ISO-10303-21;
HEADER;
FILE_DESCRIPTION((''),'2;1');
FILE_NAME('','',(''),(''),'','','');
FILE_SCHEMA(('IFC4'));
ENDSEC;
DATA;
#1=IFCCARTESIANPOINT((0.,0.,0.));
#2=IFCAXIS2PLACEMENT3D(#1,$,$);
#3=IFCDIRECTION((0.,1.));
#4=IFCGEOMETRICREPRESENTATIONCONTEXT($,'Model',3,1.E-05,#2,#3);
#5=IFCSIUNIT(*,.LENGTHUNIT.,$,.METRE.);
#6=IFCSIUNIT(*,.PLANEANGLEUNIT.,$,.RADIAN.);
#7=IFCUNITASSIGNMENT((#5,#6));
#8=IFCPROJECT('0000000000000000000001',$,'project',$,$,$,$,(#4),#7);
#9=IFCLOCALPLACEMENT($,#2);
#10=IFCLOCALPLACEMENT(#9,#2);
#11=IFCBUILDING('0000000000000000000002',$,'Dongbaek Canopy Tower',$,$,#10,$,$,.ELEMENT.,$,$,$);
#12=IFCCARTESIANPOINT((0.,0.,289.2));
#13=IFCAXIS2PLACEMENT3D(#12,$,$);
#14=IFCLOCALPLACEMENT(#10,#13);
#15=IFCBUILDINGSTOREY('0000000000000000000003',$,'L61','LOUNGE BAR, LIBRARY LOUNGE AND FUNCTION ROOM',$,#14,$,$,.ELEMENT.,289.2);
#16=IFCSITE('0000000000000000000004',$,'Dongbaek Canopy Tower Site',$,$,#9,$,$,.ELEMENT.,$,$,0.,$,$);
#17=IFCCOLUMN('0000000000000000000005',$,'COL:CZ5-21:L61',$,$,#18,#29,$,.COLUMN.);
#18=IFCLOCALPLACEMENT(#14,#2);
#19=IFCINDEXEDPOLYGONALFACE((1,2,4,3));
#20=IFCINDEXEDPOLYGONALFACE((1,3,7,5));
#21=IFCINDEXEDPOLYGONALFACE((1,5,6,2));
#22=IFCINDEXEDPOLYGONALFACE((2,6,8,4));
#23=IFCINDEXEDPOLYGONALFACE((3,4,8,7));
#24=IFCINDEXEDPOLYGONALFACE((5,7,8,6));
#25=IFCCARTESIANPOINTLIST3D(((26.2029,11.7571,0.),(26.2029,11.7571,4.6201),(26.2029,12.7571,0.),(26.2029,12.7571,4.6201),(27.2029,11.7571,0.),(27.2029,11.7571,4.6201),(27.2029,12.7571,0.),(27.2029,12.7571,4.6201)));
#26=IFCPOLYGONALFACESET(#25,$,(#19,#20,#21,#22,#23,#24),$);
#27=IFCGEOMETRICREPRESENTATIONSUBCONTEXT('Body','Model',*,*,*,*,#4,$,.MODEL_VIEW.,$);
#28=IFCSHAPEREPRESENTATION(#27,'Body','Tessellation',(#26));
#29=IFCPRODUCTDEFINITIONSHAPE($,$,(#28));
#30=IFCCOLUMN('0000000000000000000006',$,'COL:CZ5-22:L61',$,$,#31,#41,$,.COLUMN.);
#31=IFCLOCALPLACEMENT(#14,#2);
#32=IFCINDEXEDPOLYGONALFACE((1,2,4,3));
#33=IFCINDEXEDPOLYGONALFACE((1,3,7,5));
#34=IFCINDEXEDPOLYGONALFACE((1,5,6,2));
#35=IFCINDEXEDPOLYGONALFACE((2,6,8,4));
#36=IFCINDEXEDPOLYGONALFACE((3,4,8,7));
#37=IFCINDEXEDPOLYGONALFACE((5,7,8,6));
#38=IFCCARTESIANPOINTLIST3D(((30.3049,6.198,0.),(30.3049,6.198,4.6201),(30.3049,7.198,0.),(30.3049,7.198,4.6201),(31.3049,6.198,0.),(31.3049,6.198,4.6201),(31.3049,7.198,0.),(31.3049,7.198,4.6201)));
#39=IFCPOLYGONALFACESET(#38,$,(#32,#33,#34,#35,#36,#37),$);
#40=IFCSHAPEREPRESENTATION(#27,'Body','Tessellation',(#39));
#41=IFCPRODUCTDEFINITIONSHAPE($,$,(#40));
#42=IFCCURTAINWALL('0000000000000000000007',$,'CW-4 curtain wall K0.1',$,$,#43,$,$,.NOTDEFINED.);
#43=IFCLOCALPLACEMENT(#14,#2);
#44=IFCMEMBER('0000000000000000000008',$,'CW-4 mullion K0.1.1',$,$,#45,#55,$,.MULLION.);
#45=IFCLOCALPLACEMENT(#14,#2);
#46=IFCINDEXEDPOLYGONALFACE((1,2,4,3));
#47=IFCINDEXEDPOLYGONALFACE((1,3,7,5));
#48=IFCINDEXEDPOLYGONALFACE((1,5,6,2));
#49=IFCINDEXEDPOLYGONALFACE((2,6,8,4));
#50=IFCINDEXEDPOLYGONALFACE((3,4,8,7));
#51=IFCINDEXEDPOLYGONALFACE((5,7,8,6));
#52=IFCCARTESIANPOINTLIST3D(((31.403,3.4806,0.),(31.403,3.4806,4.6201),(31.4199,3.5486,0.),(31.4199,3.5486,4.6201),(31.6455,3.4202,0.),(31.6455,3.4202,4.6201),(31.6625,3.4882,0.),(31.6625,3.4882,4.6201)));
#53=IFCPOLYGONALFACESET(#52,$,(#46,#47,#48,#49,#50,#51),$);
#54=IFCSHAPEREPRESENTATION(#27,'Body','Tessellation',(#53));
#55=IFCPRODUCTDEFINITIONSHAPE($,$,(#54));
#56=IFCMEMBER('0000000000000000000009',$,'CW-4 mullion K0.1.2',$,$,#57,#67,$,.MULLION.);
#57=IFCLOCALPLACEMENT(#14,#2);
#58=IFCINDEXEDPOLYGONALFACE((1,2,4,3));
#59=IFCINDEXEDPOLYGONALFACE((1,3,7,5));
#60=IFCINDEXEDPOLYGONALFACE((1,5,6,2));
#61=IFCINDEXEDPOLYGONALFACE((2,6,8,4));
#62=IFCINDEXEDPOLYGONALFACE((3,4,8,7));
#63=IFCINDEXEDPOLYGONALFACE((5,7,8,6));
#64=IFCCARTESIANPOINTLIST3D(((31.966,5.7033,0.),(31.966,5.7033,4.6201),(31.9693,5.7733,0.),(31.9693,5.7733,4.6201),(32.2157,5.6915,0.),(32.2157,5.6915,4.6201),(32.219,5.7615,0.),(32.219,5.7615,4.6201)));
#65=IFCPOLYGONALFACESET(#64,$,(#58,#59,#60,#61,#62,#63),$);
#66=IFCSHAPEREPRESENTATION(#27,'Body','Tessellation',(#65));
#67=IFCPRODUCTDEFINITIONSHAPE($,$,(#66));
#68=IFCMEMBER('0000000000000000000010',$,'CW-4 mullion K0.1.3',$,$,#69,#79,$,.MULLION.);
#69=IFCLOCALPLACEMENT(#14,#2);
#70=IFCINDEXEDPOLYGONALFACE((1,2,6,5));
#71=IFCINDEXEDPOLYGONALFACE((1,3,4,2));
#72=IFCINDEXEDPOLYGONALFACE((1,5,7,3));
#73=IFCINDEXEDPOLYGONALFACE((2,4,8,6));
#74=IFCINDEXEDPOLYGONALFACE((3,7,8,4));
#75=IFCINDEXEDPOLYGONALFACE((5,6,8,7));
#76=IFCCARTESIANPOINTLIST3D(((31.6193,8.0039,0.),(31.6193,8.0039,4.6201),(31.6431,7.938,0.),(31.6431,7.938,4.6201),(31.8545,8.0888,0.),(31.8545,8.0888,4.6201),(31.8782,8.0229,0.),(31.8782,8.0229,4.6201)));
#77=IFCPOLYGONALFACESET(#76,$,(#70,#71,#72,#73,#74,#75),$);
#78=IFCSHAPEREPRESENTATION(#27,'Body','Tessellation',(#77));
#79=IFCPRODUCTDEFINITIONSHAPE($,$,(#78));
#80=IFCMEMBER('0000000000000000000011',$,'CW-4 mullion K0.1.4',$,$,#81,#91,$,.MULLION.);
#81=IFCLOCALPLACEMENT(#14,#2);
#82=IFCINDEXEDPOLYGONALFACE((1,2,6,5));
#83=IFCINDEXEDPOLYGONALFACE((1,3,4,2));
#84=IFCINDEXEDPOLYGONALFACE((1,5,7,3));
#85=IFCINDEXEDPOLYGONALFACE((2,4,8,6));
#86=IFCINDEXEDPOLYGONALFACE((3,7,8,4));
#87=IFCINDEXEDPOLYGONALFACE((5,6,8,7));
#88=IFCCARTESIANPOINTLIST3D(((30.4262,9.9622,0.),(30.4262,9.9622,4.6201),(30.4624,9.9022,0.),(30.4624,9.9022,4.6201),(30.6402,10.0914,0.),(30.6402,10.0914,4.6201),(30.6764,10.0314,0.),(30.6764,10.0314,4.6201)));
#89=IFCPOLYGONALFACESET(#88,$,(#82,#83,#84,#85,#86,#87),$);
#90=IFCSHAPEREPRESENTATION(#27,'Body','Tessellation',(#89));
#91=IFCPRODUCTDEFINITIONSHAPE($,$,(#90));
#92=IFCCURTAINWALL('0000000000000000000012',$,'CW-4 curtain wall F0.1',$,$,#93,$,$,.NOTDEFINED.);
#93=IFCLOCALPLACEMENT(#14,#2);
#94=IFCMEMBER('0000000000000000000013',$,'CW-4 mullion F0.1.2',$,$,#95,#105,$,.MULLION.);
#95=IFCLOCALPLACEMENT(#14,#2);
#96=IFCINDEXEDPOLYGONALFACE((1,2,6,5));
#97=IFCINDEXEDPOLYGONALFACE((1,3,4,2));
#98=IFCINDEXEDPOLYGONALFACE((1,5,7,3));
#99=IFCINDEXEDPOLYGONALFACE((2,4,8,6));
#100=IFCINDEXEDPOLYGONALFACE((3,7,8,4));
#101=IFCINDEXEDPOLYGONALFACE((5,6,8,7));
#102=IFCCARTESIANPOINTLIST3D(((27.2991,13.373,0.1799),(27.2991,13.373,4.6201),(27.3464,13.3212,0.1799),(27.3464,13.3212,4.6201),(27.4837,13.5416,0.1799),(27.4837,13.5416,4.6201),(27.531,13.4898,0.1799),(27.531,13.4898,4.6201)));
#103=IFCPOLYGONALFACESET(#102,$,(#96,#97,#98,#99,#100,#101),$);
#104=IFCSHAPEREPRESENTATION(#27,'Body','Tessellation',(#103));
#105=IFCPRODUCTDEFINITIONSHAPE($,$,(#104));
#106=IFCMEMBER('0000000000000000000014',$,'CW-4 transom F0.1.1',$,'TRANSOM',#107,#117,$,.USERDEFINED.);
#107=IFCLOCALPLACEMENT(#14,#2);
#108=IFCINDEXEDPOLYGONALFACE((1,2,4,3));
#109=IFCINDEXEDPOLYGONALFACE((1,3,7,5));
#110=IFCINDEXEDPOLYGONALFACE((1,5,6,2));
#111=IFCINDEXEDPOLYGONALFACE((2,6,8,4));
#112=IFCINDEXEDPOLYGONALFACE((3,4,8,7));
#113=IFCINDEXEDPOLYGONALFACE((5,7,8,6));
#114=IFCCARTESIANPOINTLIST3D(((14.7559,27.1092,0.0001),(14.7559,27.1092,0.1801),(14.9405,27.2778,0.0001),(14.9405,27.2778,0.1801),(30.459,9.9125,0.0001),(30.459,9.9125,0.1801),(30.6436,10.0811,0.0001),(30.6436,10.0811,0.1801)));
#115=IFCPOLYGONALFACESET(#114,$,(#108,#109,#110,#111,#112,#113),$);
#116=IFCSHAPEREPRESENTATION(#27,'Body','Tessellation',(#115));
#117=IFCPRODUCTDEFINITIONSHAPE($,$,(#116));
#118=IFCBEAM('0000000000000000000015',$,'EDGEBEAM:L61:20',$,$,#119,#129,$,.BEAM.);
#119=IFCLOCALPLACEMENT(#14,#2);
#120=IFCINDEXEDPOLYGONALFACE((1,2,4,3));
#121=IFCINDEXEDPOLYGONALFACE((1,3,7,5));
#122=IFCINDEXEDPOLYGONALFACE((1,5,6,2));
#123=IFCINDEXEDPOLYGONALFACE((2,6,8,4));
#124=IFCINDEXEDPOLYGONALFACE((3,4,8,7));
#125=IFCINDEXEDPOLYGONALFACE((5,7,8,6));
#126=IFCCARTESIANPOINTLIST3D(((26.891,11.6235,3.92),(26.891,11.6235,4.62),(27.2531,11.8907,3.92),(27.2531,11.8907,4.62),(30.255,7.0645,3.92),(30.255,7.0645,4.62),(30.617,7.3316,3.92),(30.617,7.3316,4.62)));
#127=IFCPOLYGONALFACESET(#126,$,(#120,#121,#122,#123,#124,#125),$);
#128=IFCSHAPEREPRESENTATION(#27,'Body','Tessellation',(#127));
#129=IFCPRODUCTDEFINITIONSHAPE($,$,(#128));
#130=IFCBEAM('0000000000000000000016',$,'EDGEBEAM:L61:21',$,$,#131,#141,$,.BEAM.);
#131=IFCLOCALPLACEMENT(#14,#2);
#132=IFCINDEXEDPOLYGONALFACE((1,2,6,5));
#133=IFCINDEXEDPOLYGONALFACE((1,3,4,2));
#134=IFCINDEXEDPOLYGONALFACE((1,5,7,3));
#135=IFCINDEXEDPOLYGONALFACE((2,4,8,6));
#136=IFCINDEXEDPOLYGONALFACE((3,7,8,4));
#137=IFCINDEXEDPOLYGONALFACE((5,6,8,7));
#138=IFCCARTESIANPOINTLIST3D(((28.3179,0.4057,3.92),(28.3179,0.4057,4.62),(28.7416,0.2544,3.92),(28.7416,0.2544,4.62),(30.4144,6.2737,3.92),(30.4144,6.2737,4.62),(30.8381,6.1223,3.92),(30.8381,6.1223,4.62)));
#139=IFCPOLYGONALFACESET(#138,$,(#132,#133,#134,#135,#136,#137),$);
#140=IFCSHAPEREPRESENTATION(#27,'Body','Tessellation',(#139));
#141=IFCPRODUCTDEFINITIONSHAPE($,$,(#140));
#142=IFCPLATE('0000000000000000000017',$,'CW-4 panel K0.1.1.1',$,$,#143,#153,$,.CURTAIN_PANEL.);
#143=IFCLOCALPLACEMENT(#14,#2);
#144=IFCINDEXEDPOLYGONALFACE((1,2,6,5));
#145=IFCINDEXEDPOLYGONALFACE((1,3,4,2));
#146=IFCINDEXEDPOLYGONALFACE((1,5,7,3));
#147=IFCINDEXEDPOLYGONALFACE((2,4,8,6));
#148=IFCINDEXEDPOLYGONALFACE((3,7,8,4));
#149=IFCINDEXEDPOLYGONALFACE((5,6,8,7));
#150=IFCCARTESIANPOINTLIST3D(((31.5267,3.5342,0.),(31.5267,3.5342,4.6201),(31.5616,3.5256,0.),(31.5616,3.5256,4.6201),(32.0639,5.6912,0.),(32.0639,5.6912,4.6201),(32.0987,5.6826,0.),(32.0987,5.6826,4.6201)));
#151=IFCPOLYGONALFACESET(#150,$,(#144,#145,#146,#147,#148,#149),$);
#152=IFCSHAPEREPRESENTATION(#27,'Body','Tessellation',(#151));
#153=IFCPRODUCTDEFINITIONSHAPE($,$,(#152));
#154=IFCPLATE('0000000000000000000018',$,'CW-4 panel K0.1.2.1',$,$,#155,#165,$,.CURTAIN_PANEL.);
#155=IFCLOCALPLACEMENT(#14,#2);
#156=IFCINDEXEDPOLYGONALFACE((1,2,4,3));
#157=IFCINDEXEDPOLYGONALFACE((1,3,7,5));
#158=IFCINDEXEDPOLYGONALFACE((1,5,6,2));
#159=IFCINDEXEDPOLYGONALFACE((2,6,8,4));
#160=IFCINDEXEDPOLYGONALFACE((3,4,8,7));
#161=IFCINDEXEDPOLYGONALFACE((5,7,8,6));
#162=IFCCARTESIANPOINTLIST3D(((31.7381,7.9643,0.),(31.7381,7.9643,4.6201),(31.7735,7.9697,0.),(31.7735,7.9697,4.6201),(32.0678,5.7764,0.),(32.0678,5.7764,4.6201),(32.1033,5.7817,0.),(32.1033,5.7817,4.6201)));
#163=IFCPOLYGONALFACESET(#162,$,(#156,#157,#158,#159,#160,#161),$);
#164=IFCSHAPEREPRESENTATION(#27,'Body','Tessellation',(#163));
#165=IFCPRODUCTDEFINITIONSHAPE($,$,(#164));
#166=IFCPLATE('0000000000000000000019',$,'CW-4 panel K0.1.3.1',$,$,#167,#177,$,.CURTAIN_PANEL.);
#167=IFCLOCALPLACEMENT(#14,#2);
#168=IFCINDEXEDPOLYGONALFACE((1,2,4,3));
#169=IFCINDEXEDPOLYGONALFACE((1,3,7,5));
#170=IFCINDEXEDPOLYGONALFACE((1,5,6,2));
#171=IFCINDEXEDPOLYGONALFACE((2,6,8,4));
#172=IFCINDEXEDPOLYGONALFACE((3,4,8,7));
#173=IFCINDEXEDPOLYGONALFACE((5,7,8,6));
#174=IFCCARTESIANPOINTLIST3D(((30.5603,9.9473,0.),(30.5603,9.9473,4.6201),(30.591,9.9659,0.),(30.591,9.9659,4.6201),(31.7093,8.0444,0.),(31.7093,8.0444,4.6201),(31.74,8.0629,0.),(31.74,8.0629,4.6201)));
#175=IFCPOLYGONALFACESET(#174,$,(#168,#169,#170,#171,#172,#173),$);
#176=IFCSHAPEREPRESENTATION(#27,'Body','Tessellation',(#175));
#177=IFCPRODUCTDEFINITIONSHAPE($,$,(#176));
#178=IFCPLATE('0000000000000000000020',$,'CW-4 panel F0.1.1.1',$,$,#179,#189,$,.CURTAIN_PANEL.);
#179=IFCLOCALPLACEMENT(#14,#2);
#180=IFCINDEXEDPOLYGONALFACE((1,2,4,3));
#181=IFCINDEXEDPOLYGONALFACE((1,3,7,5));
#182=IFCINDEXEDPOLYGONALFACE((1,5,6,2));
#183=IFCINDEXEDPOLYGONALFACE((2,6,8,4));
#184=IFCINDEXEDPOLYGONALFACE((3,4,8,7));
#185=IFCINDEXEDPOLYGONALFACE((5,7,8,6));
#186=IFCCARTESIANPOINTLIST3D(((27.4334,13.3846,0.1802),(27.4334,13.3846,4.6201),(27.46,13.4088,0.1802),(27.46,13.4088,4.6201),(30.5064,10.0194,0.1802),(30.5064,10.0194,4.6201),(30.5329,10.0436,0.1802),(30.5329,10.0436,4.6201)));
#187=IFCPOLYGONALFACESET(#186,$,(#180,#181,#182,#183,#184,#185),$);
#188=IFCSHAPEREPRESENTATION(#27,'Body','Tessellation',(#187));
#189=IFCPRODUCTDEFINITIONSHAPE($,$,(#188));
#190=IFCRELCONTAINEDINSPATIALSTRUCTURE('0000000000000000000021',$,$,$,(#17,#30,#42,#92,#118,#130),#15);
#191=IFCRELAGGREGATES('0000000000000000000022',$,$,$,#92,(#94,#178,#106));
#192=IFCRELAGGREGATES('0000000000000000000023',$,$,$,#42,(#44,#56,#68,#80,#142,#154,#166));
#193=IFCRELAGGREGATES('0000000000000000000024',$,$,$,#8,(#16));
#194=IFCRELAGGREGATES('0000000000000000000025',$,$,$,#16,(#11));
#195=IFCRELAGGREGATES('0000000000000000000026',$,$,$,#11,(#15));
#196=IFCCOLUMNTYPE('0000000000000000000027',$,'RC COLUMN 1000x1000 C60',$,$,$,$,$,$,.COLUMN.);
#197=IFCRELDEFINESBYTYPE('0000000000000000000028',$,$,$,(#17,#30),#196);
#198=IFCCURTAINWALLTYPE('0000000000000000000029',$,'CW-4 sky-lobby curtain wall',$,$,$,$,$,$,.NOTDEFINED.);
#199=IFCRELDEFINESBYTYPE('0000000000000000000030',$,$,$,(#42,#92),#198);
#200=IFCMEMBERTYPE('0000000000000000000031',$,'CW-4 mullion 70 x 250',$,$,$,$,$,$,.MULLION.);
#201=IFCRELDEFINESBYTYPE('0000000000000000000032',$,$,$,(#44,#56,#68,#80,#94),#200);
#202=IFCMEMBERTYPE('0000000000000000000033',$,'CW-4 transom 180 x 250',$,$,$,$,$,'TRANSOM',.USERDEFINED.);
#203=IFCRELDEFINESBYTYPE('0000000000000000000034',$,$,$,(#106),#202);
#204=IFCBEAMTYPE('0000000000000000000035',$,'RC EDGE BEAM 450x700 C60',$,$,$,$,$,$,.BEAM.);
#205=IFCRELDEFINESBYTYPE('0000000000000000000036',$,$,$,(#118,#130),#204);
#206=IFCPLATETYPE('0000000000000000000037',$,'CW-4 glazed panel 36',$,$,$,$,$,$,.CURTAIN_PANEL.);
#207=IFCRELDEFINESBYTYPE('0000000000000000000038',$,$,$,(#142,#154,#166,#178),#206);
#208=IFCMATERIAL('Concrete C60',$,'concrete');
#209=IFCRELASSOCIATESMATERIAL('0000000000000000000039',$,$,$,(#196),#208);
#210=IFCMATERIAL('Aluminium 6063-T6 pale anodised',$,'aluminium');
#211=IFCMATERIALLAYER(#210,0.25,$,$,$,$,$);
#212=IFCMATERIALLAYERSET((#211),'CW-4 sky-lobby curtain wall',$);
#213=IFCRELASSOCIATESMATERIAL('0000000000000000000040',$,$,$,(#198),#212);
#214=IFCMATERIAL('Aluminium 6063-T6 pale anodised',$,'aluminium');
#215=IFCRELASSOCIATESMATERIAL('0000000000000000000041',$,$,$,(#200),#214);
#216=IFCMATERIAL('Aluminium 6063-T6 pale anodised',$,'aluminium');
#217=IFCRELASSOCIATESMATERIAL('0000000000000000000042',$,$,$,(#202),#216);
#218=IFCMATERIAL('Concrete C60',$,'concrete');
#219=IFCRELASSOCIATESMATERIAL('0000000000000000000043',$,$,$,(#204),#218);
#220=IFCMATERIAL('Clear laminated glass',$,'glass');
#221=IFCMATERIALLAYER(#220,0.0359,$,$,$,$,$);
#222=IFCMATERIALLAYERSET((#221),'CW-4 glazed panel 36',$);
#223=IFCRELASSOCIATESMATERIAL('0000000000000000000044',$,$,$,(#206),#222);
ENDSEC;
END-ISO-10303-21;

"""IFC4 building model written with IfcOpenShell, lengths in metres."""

from ifc_helpers import new_model, si_unit, direction, frame, origin, origin_2d, place, context, subcontext, project, spatial, rectangle, extrude, material, layer, layer_set, material_profile, profile_set, type_object, element, aggregate, save


model = new_model("IFC4")

# Units and contexts
model_context = context("Model", 3, precision=1e-05, world=origin(), true_north=direction((0.0, 1.0)))
body_context = subcontext(model_context, "Body", "Model", "MODEL_VIEW")
ifc_project = project(units=[si_unit("LENGTHUNIT", "METRE"), si_unit("PLANEANGLEUNIT", "RADIAN")], contexts=[model_context])

# Site, building, storey
site_placement = place(None, origin())
site = spatial("IfcSite", under=ifc_project, at=site_placement, Name="Dongbaek Canopy Tower Site", CompositionType="ELEMENT", RefElevation=0.0)
building_placement = place(site_placement, origin())
building = spatial("IfcBuilding", under=site, at=building_placement, Name="Dongbaek Canopy Tower", CompositionType="ELEMENT")
storey_placement = place(building_placement, frame((0.0, 0.0, 289.2)))
storey = spatial("IfcBuildingStorey", under=building, at=storey_placement, Name="L61", Description="LOUNGE BAR, LIBRARY LOUNGE AND FUNCTION ROOM", CompositionType="ELEMENT", Elevation=289.2)

# Columns
ifc_material_1 = material(Name="Concrete C60", Category="concrete")
ifc_material_profile_1 = material_profile(ifc_material_1, rectangle(XDim=1.0, YDim=1.0, at=origin_2d()), Name="RC COLUMN 1000x1000 C60")
ifc_profile_set_1 = profile_set([ifc_material_profile_1], Name="Concrete C60")
column_type = type_object("IfcColumnType", Name="RC COLUMN 1000x1000 C60", PredefinedType="COLUMN", material=ifc_profile_set_1)
for number, where, z_axis, x_axis, name in (
    (1, (26.7029, 12.2571, 0.0), (0.0, 0.0, 1.0), (1.0, 0.0, 0.0), "COL:CZ5-21:L61"),
    (2, (30.8049, 6.698, 0.0), (0.0, 0.0, 1.0), (1.0, 0.0, 0.0), "COL:CZ5-22:L61"),
):
    element("IfcColumn", number, at=place(storey_placement, frame(where, z_axis=z_axis, x_axis=x_axis)), inside=storey, type_object=column_type, Name=name, PredefinedType="COLUMN", context=body_context, shape_type="SweptSolid", body=[
        extrude(rectangle(XDim=1.0, YDim=1.0, at=origin_2d()), origin(), (0.0, 0.0, 1.0), 4.6201),
    ])

# Curtain walls, members
ifc_material_2 = material(Name="Aluminium 6063-T6 pale anodised", Category="aluminium")
ifc_layer_1 = layer(ifc_material_2, 0.25)
ifc_layer_set_1 = layer_set([ifc_layer_1], Name="CW-4 sky-lobby curtain wall")
curtain_wall_type = type_object("IfcCurtainWallType", Name="CW-4 sky-lobby curtain wall", PredefinedType="NOTDEFINED", material=ifc_layer_set_1)
curtain_wall_1_placement = place(storey_placement, origin())
curtain_wall_1 = element("IfcCurtainWall", 3, at=curtain_wall_1_placement, inside=storey, type_object=curtain_wall_type, Name="CW-4 curtain wall K0.1", PredefinedType="NOTDEFINED")
ifc_material_3 = material(Name="Aluminium 6063-T6 pale anodised", Category="aluminium")
ifc_material_profile_2 = material_profile(ifc_material_3, rectangle(XDim=0.25, YDim=0.0701, at=origin_2d()), Name="CW-4 mullion 70 x 250")
ifc_profile_set_2 = profile_set([ifc_material_profile_2], Name="Aluminium 6063-T6 pale anodised")
member_type_1 = type_object("IfcMemberType", Name="CW-4 mullion 70 x 250", PredefinedType="MULLION", material=ifc_profile_set_2)
member_1_placement = place(storey_placement, frame((31.5327, 3.4844, 0.0), z_axis=(0.0, 0.0, 1.0), x_axis=(0.970362, -0.241656, 0.0)))
member_1 = element("IfcMember", 4, at=member_1_placement, type_object=member_type_1, Name="CW-4 mullion K0.1.1", PredefinedType="MULLION", context=body_context, shape_type="SweptSolid", body=[
    extrude(rectangle(XDim=0.25, YDim=0.0701, at=origin_2d()), origin(), (0.0, 0.0, 1.0), 4.6201),
])
member_2_placement = place(storey_placement, frame((32.0925, 5.7324, 0.0), z_axis=(0.0, 0.0, 1.0), x_axis=(0.998884, -0.047235, 0.0)))
member_2 = element("IfcMember", 5, at=member_2_placement, type_object=member_type_1, Name="CW-4 mullion K0.1.2", PredefinedType="MULLION", context=body_context, shape_type="SweptSolid", body=[
    extrude(rectangle(XDim=0.25, YDim=0.0701, at=origin_2d()), origin(), (0.0, 0.0, 1.0), 4.6201),
])
member_3_placement = place(storey_placement, frame((31.7488, 8.0134, 0.0), z_axis=(0.0, 0.0, 1.0), x_axis=(0.940605, 0.339502, 0.0)))
member_3 = element("IfcMember", 6, at=member_3_placement, type_object=member_type_1, Name="CW-4 mullion K0.1.3", PredefinedType="MULLION", context=body_context, shape_type="SweptSolid", body=[
    extrude(rectangle(XDim=0.25, YDim=0.0701, at=origin_2d()), origin(), (0.0, 0.0, 1.0), 4.6201),
])
member_4_placement = place(storey_placement, frame((30.5513, 9.9968, 0.0), z_axis=(0.0, 0.0, 1.0), x_axis=(0.856056, 0.516884, 0.0)))
member_4 = element("IfcMember", 7, at=member_4_placement, type_object=member_type_1, Name="CW-4 mullion K0.1.4", PredefinedType="MULLION", context=body_context, shape_type="SweptSolid", body=[
    extrude(rectangle(XDim=0.25, YDim=0.0701, at=origin_2d()), origin(), (0.0, 0.0, 1.0), 4.6201),
])
curtain_wall_2_placement = place(storey_placement, origin())
curtain_wall_2 = element("IfcCurtainWall", 8, at=curtain_wall_2_placement, inside=storey, type_object=curtain_wall_type, Name="CW-4 curtain wall F0.1", PredefinedType="NOTDEFINED")
member_5_placement = place(storey_placement, frame((27.415, 13.4314, 0.1799), z_axis=(0.0, 0.0, 1.0), x_axis=(0.738451, 0.674308, 0.0)))
member_5 = element("IfcMember", 9, at=member_5_placement, type_object=member_type_1, Name="CW-4 mullion F0.1.2", PredefinedType="MULLION", context=body_context, shape_type="SweptSolid", body=[
    extrude(rectangle(XDim=0.25, YDim=0.0701, at=origin_2d()), origin(), (0.0, 0.0, 1.0), 4.4402),
])
ifc_material_4 = material(Name="Aluminium 6063-T6 pale anodised", Category="aluminium")
ifc_material_profile_3 = material_profile(ifc_material_4, rectangle(XDim=0.25, YDim=0.1799, at=origin_2d()), Name="CW-4 transom 180 x 250")
ifc_profile_set_3 = profile_set([ifc_material_profile_3], Name="Aluminium 6063-T6 pale anodised")
member_type_2 = type_object("IfcMemberType", Name="CW-4 transom 180 x 250", ElementType="TRANSOM", PredefinedType="USERDEFINED", material=ifc_profile_set_3)
member_6_placement = place(storey_placement, frame((30.5513, 9.9968, 0.0901), z_axis=(-0.67431, 0.738449, 0.0), x_axis=(-0.738449, -0.67431, 0.0)))
member_6 = element("IfcMember", 10, at=member_6_placement, type_object=member_type_2, Name="CW-4 transom F0.1.1", ObjectType="TRANSOM", PredefinedType="USERDEFINED", context=body_context, shape_type="SweptSolid", body=[
    extrude(rectangle(XDim=0.25, YDim=0.1799, at=origin_2d()), origin(), (0.0, 0.0, 1.0), 23.2876),
])

# Beams
ifc_material_5 = material(Name="Concrete C60", Category="concrete")
ifc_material_profile_4 = material_profile(ifc_material_5, rectangle(XDim=0.45, YDim=0.7, at=origin_2d()), Name="RC EDGE BEAM 450x700 C60")
ifc_profile_set_4 = profile_set([ifc_material_profile_4], Name="Concrete C60")
beam_type = type_object("IfcBeamType", Name="RC EDGE BEAM 450x700 C60", PredefinedType="BEAM", material=ifc_profile_set_4)
beam_1_placement = place(storey_placement, frame((27.072, 11.7571, 4.27), z_axis=(0.593735, -0.80466, 0.0), x_axis=(0.80466, 0.593735, 0.0)))
element("IfcBeam", 11, at=beam_1_placement, inside=storey, type_object=beam_type, Name="EDGEBEAM:L61:20", PredefinedType="BEAM", context=body_context, shape_type="SweptSolid", body=[
    extrude(rectangle(XDim=0.45, YDim=0.7, at=origin_2d()), origin(), (0.0, 0.0, 1.0), 5.6658),
])
beam_2_placement = place(storey_placement, frame((30.6262, 6.198, 4.27), z_axis=(-0.336443, -0.941704, 0.0), x_axis=(0.941704, -0.336443, 0.0)))
element("IfcBeam", 12, at=beam_2_placement, inside=storey, type_object=beam_type, Name="EDGEBEAM:L61:21", PredefinedType="BEAM", context=body_context, shape_type="SweptSolid", body=[
    extrude(rectangle(XDim=0.45, YDim=0.7, at=origin_2d()), origin(), (0.0, 0.0, 1.0), 6.2312),
])

# Plates
ifc_material_6 = material(Name="Clear laminated glass", Category="glass")
ifc_layer_2 = layer(ifc_material_6, 0.0359)
ifc_layer_set_2 = layer_set([ifc_layer_2], Name="CW-4 glazed panel 36")
plate_type = type_object("IfcPlateType", Name="CW-4 glazed panel 36", PredefinedType="CURTAIN_PANEL", material=ifc_layer_set_2)
plate_1_placement = place(storey_placement, frame((31.8127, 4.6084, 0.0), z_axis=(0.0, 0.0, 1.0), x_axis=(0.241656, 0.970362, 0.0)))
plate_1 = element("IfcPlate", 13, at=plate_1_placement, type_object=plate_type, Name="CW-4 panel K0.1.1.1", PredefinedType="CURTAIN_PANEL", context=body_context, shape_type="SweptSolid", body=[
    extrude(rectangle(XDim=2.2229, YDim=0.0359, at=origin_2d()), origin(), (0.0, 0.0, 1.0), 4.6201),
])
plate_2_placement = place(storey_placement, frame((31.9207, 6.873, 0.0), z_axis=(0.0, 0.0, 1.0), x_axis=(-0.14901, 0.988836, 0.0)))
plate_2 = element("IfcPlate", 14, at=plate_2_placement, type_object=plate_type, Name="CW-4 panel K0.1.2.1", PredefinedType="CURTAIN_PANEL", context=body_context, shape_type="SweptSolid", body=[
    extrude(rectangle(XDim=2.2126, YDim=0.0359, at=origin_2d()), origin(), (0.0, 0.0, 1.0), 4.6201),
])
plate_3_placement = place(storey_placement, frame((31.1501, 9.0051, 0.0), z_axis=(0.0, 0.0, 1.0), x_axis=(-0.516884, 0.856056, 0.0)))
plate_3 = element("IfcPlate", 15, at=plate_3_placement, type_object=plate_type, Name="CW-4 panel K0.1.3.1", PredefinedType="CURTAIN_PANEL", context=body_context, shape_type="SweptSolid", body=[
    extrude(rectangle(XDim=2.2229, YDim=0.0359, at=origin_2d()), origin(), (0.0, 0.0, 1.0), 4.6201),
])
plate_4_placement = place(storey_placement, frame((28.9832, 11.7141, 0.1802), z_axis=(0.0, 0.0, 1.0), x_axis=(-0.674308, 0.738451, 0.0)))
plate_4 = element("IfcPlate", 16, at=plate_4_placement, type_object=plate_type, Name="CW-4 panel F0.1.1.1", PredefinedType="CURTAIN_PANEL", context=body_context, shape_type="SweptSolid", body=[
    extrude(rectangle(XDim=4.5571, YDim=0.0359, at=origin_2d()), origin(), (0.0, 0.0, 1.0), 4.4399),
])
aggregate(curtain_wall_2, [member_5, plate_4, member_6])

aggregate(curtain_wall_1, [member_1, member_2, member_3, member_4, plate_1, plate_2, plate_3])

save(model, "model.ifc")
